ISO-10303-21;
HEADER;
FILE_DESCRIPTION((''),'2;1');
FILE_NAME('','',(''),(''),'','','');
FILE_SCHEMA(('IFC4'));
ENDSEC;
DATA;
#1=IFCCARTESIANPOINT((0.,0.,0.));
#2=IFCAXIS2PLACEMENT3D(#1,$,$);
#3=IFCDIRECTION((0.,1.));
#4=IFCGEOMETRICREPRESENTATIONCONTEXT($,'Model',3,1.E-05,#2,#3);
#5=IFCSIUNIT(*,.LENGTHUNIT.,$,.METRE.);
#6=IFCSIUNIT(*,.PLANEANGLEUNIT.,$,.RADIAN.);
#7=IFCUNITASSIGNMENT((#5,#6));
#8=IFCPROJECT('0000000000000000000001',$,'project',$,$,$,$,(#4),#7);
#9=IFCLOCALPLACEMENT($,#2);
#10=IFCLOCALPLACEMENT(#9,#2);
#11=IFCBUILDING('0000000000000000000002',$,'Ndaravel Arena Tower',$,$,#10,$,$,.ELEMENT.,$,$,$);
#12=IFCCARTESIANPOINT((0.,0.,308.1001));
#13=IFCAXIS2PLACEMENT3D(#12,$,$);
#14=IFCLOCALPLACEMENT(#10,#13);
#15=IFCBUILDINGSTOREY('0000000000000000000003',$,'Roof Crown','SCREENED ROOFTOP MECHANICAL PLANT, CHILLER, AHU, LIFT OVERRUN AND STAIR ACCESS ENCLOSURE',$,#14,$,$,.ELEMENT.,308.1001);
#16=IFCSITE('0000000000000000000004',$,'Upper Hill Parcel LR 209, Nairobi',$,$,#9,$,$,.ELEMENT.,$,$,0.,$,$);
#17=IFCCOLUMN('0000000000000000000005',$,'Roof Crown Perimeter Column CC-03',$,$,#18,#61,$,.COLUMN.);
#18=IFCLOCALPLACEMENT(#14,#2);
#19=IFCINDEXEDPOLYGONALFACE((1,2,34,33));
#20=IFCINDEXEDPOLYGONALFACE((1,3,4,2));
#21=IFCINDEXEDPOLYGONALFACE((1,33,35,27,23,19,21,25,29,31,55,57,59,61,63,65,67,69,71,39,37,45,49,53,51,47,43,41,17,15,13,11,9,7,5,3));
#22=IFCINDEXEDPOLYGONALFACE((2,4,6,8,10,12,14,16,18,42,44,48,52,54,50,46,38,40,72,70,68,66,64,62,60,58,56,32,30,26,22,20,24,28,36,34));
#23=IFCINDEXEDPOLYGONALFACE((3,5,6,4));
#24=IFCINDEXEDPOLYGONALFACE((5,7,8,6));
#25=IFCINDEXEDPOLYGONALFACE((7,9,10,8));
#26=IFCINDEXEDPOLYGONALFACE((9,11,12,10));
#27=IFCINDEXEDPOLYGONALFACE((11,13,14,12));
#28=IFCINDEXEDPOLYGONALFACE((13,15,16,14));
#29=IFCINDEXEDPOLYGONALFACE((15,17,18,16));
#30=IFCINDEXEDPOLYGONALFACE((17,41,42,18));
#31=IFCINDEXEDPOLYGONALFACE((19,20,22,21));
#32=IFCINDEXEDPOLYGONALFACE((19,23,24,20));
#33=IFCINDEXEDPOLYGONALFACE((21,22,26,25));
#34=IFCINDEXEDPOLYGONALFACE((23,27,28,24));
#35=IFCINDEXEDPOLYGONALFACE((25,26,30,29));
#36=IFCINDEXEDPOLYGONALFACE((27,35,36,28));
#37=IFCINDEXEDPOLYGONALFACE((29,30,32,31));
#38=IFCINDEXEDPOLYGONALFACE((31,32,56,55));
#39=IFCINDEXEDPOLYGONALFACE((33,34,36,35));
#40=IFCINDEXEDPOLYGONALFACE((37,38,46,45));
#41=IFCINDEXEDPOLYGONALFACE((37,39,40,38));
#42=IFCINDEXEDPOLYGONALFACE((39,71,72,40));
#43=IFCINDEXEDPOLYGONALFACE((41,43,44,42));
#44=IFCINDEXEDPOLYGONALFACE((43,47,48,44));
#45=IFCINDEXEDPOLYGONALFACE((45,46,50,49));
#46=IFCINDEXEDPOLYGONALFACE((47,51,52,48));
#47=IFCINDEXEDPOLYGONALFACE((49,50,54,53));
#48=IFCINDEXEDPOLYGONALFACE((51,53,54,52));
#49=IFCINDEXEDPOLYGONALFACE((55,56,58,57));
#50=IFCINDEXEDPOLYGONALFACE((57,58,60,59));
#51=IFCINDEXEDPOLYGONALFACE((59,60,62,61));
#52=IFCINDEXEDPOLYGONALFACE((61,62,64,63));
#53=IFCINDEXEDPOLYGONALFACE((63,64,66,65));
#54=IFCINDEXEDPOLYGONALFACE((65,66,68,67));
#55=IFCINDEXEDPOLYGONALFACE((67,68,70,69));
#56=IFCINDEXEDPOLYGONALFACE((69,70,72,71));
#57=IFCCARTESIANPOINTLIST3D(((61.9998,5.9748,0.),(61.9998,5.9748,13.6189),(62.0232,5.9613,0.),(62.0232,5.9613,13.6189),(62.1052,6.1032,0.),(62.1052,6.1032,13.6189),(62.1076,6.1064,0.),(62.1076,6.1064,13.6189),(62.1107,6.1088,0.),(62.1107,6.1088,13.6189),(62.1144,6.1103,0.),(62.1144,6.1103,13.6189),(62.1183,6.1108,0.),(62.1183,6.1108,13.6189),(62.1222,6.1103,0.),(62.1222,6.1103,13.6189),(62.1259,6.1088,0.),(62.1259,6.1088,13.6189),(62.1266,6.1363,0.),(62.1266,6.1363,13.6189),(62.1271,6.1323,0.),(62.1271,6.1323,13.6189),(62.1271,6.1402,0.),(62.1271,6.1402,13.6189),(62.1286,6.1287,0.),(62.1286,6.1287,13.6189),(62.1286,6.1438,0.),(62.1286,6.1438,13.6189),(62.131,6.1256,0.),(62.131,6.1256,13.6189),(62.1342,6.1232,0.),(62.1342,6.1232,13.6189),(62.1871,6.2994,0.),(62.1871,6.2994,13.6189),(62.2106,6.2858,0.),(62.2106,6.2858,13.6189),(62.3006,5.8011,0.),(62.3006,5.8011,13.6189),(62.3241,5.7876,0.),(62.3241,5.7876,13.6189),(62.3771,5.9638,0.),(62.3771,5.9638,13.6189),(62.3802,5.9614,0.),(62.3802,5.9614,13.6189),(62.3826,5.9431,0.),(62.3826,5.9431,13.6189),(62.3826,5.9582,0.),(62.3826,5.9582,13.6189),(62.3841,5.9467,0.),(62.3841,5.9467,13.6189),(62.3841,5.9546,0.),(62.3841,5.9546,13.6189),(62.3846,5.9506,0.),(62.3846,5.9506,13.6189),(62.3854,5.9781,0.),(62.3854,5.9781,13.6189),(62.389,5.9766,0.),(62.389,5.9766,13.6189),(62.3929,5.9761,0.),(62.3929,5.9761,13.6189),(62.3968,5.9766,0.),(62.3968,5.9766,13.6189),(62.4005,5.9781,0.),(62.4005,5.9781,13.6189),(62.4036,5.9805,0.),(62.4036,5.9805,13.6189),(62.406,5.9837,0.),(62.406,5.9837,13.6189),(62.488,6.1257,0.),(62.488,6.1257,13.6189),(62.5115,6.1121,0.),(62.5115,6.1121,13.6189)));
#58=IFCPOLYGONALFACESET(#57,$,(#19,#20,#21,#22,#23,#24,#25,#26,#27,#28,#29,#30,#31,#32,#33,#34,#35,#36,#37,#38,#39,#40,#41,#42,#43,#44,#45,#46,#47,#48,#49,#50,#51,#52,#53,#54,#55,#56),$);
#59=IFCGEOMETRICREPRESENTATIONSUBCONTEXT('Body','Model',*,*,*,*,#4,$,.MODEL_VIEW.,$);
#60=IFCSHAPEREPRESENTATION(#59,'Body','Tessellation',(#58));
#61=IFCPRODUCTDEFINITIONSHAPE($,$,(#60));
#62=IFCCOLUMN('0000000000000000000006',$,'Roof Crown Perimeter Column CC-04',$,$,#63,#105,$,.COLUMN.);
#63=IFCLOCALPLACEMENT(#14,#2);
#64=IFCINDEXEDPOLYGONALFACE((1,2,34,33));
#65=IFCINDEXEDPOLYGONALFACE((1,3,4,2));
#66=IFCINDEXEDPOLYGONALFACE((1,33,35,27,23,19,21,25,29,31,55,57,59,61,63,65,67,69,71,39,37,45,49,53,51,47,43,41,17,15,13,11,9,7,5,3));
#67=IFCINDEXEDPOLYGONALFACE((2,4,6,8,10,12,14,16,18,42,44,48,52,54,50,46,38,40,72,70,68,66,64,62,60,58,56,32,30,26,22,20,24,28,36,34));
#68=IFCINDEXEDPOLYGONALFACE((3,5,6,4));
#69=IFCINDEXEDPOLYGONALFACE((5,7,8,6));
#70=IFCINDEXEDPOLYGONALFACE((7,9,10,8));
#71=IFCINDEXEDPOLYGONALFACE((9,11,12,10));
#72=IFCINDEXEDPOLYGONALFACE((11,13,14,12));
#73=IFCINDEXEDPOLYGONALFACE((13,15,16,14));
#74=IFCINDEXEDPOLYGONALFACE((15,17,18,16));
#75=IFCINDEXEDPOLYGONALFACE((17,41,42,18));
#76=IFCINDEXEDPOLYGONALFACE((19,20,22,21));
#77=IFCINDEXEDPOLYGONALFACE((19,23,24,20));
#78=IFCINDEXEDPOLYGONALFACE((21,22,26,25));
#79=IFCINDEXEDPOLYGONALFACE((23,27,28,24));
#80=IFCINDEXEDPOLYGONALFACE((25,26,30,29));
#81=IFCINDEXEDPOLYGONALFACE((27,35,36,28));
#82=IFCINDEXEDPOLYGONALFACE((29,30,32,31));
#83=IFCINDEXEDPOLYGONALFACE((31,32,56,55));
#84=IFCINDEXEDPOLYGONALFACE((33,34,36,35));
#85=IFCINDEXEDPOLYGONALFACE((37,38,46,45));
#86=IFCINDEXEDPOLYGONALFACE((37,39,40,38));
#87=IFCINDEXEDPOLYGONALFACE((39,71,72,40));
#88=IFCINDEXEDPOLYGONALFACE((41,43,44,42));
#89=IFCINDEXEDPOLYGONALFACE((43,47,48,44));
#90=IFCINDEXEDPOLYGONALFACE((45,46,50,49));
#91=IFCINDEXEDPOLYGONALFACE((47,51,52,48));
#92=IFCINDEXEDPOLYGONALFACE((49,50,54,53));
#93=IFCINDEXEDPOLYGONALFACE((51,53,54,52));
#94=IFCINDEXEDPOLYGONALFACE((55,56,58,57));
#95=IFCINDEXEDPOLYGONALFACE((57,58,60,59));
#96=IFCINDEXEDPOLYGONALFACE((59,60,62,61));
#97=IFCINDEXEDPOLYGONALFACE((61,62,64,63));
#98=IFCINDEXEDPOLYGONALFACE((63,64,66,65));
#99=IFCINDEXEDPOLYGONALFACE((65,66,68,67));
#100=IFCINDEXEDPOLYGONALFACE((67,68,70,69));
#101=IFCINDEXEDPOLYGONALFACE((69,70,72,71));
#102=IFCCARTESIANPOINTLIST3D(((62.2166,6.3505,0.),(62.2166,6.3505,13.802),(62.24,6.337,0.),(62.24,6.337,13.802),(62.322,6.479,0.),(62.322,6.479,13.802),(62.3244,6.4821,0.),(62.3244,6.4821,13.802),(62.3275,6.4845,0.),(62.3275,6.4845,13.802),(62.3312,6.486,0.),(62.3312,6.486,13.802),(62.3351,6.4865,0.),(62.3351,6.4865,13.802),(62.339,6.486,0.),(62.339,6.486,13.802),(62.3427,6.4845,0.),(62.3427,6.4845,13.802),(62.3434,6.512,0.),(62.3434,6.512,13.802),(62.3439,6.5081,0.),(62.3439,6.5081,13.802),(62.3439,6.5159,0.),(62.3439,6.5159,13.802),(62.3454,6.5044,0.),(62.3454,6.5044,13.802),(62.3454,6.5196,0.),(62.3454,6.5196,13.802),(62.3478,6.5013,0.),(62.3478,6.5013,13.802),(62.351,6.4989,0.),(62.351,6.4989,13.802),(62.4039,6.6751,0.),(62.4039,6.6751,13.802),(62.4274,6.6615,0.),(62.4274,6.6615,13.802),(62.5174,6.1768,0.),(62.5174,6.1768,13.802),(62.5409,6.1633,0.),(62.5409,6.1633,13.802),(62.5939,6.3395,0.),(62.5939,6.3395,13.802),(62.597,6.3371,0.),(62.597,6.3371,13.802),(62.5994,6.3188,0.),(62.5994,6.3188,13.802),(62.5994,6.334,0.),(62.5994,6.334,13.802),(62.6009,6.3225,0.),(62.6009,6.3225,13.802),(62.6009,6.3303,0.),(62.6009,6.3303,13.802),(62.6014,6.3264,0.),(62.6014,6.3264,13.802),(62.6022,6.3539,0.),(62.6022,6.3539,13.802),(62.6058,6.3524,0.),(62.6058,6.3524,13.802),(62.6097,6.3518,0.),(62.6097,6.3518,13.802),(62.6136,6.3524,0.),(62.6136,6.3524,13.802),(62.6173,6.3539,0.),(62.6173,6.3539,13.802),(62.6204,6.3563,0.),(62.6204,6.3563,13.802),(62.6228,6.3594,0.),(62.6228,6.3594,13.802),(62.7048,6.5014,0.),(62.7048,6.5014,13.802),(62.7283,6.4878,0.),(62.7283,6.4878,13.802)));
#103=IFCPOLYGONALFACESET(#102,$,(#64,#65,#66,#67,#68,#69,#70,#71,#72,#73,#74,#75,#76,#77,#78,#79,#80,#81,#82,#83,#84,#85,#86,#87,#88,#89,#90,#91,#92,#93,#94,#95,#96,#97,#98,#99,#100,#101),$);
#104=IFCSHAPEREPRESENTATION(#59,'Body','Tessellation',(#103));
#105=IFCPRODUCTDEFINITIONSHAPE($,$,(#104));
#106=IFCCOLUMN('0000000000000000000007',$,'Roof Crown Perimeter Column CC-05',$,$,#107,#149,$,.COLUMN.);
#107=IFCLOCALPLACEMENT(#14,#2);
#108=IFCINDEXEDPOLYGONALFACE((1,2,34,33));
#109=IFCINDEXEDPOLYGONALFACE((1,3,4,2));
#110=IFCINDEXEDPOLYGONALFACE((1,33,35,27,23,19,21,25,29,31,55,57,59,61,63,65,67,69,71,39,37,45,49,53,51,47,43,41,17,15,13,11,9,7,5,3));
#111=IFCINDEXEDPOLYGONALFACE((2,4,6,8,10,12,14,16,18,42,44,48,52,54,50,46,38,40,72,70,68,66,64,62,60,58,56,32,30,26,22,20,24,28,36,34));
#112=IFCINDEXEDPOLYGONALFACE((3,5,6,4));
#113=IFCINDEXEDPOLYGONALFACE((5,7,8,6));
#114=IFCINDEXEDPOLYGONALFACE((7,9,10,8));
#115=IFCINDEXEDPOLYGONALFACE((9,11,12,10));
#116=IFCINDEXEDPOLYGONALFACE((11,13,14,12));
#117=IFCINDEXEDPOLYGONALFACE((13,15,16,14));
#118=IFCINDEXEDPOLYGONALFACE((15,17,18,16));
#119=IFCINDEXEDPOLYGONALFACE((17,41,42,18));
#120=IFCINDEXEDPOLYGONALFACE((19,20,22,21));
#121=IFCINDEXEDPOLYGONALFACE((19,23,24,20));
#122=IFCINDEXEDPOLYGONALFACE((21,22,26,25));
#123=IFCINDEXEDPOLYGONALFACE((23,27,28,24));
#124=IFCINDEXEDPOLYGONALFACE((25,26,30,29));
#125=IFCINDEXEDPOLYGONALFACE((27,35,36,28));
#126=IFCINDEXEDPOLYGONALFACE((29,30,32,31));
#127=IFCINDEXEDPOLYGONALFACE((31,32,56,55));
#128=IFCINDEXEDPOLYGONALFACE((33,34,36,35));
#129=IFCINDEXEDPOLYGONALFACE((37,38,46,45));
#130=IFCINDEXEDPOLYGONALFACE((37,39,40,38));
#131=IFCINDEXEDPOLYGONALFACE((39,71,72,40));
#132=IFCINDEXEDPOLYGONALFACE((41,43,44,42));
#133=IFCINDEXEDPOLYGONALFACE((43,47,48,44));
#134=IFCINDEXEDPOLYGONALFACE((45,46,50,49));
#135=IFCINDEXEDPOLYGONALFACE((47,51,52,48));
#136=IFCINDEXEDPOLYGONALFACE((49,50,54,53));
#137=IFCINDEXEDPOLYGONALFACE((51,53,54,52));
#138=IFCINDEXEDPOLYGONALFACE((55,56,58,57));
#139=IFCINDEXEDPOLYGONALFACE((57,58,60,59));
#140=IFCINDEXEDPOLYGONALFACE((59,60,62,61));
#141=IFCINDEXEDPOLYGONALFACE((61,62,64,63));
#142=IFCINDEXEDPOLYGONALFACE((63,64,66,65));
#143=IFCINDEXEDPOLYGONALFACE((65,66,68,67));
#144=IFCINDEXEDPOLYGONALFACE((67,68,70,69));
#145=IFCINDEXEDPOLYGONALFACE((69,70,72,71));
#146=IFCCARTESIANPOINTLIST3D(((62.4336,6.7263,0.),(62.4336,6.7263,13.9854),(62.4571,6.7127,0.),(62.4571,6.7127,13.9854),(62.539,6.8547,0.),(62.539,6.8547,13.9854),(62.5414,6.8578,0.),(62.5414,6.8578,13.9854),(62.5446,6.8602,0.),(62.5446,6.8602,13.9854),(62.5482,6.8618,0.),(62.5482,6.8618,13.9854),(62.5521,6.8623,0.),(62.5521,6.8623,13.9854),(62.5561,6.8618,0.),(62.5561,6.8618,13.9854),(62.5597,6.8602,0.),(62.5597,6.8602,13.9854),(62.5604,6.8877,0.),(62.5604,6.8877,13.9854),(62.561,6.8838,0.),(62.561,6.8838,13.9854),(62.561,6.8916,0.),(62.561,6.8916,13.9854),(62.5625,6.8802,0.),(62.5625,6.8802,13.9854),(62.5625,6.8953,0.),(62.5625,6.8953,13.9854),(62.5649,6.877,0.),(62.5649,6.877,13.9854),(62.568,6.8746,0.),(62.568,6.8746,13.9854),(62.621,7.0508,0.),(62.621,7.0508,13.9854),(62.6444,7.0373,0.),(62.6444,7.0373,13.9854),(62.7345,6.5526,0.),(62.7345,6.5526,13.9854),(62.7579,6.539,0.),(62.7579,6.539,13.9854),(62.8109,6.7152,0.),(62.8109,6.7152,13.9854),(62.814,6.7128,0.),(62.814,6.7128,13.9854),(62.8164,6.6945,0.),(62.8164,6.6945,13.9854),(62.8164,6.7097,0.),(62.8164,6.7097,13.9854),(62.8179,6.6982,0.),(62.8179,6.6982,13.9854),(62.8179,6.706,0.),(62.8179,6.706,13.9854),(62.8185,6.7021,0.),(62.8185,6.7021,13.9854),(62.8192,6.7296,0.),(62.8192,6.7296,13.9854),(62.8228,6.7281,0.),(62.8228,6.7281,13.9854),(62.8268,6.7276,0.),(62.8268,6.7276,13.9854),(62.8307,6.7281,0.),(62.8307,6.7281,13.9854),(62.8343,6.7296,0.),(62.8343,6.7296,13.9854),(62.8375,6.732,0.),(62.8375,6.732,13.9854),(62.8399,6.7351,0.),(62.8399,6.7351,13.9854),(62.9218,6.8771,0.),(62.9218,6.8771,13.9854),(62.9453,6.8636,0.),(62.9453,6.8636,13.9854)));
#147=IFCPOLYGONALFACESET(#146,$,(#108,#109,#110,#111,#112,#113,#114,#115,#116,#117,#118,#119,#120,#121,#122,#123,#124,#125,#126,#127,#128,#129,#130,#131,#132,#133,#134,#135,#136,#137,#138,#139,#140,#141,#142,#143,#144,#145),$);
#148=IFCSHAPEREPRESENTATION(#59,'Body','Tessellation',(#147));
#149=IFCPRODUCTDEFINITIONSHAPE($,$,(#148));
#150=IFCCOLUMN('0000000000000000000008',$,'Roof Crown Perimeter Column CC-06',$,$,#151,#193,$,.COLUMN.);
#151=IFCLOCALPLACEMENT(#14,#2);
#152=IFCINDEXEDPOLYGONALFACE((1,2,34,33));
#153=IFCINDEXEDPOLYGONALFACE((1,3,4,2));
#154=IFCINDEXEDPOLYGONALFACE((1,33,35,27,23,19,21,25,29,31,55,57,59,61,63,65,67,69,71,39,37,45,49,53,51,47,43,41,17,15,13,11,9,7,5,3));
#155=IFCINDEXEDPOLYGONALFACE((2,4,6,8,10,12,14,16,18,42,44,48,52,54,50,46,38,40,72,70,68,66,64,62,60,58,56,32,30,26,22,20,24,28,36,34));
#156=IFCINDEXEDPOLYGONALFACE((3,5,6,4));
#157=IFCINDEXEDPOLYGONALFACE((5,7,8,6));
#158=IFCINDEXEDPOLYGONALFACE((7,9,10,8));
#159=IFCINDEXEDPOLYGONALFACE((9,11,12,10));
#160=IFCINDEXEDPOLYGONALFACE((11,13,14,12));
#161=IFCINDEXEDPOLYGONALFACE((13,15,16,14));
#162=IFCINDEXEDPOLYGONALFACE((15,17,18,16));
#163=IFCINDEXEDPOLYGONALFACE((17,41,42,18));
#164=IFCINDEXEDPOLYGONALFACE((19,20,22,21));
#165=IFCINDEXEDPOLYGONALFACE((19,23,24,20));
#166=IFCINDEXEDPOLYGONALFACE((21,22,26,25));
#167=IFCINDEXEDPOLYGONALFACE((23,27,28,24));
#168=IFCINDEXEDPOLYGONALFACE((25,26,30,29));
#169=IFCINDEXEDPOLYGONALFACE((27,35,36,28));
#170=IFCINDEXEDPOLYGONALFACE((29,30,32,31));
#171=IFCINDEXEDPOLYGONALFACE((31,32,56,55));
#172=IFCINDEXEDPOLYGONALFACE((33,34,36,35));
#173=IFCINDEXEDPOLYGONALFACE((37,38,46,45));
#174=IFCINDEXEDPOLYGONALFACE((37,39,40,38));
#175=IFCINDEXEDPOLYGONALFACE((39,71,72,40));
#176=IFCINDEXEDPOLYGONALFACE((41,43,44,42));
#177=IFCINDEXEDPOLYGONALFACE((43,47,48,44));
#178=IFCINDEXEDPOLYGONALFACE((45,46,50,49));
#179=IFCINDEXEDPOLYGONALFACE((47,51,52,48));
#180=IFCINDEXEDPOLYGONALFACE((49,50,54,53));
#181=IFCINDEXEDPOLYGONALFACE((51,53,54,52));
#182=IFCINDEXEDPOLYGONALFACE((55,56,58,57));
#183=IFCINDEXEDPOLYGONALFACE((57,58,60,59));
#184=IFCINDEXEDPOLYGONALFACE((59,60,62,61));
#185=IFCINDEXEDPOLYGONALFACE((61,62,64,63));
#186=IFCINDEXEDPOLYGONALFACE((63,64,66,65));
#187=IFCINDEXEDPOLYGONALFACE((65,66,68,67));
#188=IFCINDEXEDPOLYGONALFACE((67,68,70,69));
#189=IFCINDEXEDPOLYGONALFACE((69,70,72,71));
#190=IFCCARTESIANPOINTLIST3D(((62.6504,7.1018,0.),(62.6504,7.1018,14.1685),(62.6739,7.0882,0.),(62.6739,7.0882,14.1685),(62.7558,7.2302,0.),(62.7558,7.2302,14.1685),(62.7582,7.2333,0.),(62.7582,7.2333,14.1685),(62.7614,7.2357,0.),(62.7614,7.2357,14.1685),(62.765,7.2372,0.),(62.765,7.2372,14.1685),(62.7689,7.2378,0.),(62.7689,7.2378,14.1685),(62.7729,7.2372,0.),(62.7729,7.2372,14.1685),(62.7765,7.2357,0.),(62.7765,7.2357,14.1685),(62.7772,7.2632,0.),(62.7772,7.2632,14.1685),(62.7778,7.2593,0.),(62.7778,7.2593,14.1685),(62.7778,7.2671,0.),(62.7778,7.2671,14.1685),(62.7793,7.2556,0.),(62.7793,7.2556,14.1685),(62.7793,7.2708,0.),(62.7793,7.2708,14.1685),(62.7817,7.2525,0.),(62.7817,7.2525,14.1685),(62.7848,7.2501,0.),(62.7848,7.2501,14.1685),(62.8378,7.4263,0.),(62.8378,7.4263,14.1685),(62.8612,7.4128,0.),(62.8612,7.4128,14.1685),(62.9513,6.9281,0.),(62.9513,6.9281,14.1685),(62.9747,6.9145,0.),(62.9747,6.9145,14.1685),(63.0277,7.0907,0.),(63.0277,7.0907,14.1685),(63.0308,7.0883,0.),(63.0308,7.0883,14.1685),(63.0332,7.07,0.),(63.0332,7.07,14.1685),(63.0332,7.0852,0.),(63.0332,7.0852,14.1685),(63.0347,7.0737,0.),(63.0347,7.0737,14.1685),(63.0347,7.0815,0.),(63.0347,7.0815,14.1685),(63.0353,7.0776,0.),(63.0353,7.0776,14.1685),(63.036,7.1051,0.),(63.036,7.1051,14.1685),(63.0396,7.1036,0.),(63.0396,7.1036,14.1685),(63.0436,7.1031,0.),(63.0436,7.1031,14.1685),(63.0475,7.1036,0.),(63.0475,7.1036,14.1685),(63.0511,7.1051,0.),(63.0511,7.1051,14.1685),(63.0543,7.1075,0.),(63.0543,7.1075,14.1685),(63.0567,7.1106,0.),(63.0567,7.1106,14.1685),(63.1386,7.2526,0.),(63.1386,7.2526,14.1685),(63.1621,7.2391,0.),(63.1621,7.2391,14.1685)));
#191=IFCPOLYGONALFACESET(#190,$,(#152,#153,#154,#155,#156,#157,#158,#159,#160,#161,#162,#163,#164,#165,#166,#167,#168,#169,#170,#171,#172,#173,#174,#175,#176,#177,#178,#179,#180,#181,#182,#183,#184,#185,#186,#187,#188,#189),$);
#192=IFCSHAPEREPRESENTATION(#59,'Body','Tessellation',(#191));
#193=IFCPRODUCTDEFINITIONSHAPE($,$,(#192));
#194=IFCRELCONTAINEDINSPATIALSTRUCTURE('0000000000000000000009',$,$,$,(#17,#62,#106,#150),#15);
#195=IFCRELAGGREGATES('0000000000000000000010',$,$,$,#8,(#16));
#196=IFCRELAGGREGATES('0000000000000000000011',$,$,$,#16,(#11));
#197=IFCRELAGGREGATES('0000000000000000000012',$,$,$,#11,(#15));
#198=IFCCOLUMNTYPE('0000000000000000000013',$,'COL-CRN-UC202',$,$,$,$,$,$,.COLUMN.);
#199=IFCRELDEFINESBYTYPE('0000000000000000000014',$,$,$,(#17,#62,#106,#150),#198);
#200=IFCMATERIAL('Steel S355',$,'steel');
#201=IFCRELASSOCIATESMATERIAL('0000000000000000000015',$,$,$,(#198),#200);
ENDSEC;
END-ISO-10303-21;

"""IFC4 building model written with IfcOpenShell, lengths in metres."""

from ifc_helpers import new_model, si_unit, direction, frame, origin, origin_2d, place, context, subcontext, project, spatial, i_section, extrude, material, material_profile, profile_set, type_object, element, save


model = new_model("IFC4")

# Units and contexts
model_context = context("Model", 3, precision=1e-05, world=origin(), true_north=direction((0.0, 1.0)))
body_context = subcontext(model_context, "Body", "Model", "MODEL_VIEW")
ifc_project = project(units=[si_unit("LENGTHUNIT", "METRE"), si_unit("PLANEANGLEUNIT", "RADIAN")], contexts=[model_context])

# Site, building, storey
site_placement = place(None, origin())
site = spatial("IfcSite", under=ifc_project, at=site_placement, Name="Upper Hill Parcel LR 209, Nairobi", CompositionType="ELEMENT", RefElevation=0.0)
building_placement = place(site_placement, origin())
building = spatial("IfcBuilding", under=site, at=building_placement, Name="Ndaravel Arena Tower", CompositionType="ELEMENT")
storey_placement = place(building_placement, frame((0.0, 0.0, 308.1001)))
storey = spatial("IfcBuildingStorey", under=building, at=storey_placement, Name="Roof Crown", Description="SCREENED ROOFTOP MECHANICAL PLANT, CHILLER, AHU, LIFT OVERRUN AND STAIR ACCESS ENCLOSURE", CompositionType="ELEMENT", Elevation=308.1001)

# Columns
ifc_material_1 = material(Name="Steel S355", Category="steel")
ifc_material_profile_1 = material_profile(ifc_material_1, i_section(OverallWidth=0.3748, OverallDepth=0.3745, WebThickness=0.0166, FlangeThickness=0.0271, FilletRadius=0.0151, at=origin_2d()), Name="UC 356x368x202")
ifc_profile_set_1 = profile_set([ifc_material_profile_1], Name="Steel S355")
column_type = type_object("IfcColumnType", Name="COL-CRN-UC202", PredefinedType="COLUMN", material=ifc_profile_set_1)
column_1_placement = place(storey_placement, frame((62.2556, 6.0435, 0.0), z_axis=(0.0, 0.0, 1.0), x_axis=(0.5, 0.866025, 0.0)))
element("IfcColumn", 1, at=column_1_placement, inside=storey, type_object=column_type, Name="Roof Crown Perimeter Column CC-03", PredefinedType="COLUMN", context=body_context, shape_type="SweptSolid", body=[
    extrude(i_section(OverallWidth=0.3748, OverallDepth=0.3745, WebThickness=0.0166, FlangeThickness=0.0271, FilletRadius=0.0151, at=origin_2d()), origin(), (0.0, 0.0, 1.0), 13.6189),
])
column_2_placement = place(storey_placement, frame((62.4724, 6.4192, 0.0), z_axis=(0.0, 0.0, 1.0), x_axis=(0.5, 0.866025, 0.0)))
element("IfcColumn", 2, at=column_2_placement, inside=storey, type_object=column_type, Name="Roof Crown Perimeter Column CC-04", PredefinedType="COLUMN", context=body_context, shape_type="SweptSolid", body=[
    extrude(i_section(OverallWidth=0.3748, OverallDepth=0.3745, WebThickness=0.0166, FlangeThickness=0.0271, FilletRadius=0.0151, at=origin_2d()), origin(), (0.0, 0.0, 1.0), 13.802),
])
column_3_placement = place(storey_placement, frame((62.6895, 6.7949, 0.0), z_axis=(0.0, 0.0, 1.0), x_axis=(0.5, 0.866025, 0.0)))
element("IfcColumn", 3, at=column_3_placement, inside=storey, type_object=column_type, Name="Roof Crown Perimeter Column CC-05", PredefinedType="COLUMN", context=body_context, shape_type="SweptSolid", body=[
    extrude(i_section(OverallWidth=0.3748, OverallDepth=0.3745, WebThickness=0.0166, FlangeThickness=0.0271, FilletRadius=0.0151, at=origin_2d()), origin(), (0.0, 0.0, 1.0), 13.9854),
])
column_4_placement = place(storey_placement, frame((62.9062, 7.1704, 0.0), z_axis=(0.0, 0.0, 1.0), x_axis=(0.5, 0.866025, 0.0)))
element("IfcColumn", 4, at=column_4_placement, inside=storey, type_object=column_type, Name="Roof Crown Perimeter Column CC-06", PredefinedType="COLUMN", context=body_context, shape_type="SweptSolid", body=[
    extrude(i_section(OverallWidth=0.3748, OverallDepth=0.3745, WebThickness=0.0166, FlangeThickness=0.0271, FilletRadius=0.0151, at=origin_2d()), origin(), (0.0, 0.0, 1.0), 14.1685),
])

save(model, "model.ifc")
